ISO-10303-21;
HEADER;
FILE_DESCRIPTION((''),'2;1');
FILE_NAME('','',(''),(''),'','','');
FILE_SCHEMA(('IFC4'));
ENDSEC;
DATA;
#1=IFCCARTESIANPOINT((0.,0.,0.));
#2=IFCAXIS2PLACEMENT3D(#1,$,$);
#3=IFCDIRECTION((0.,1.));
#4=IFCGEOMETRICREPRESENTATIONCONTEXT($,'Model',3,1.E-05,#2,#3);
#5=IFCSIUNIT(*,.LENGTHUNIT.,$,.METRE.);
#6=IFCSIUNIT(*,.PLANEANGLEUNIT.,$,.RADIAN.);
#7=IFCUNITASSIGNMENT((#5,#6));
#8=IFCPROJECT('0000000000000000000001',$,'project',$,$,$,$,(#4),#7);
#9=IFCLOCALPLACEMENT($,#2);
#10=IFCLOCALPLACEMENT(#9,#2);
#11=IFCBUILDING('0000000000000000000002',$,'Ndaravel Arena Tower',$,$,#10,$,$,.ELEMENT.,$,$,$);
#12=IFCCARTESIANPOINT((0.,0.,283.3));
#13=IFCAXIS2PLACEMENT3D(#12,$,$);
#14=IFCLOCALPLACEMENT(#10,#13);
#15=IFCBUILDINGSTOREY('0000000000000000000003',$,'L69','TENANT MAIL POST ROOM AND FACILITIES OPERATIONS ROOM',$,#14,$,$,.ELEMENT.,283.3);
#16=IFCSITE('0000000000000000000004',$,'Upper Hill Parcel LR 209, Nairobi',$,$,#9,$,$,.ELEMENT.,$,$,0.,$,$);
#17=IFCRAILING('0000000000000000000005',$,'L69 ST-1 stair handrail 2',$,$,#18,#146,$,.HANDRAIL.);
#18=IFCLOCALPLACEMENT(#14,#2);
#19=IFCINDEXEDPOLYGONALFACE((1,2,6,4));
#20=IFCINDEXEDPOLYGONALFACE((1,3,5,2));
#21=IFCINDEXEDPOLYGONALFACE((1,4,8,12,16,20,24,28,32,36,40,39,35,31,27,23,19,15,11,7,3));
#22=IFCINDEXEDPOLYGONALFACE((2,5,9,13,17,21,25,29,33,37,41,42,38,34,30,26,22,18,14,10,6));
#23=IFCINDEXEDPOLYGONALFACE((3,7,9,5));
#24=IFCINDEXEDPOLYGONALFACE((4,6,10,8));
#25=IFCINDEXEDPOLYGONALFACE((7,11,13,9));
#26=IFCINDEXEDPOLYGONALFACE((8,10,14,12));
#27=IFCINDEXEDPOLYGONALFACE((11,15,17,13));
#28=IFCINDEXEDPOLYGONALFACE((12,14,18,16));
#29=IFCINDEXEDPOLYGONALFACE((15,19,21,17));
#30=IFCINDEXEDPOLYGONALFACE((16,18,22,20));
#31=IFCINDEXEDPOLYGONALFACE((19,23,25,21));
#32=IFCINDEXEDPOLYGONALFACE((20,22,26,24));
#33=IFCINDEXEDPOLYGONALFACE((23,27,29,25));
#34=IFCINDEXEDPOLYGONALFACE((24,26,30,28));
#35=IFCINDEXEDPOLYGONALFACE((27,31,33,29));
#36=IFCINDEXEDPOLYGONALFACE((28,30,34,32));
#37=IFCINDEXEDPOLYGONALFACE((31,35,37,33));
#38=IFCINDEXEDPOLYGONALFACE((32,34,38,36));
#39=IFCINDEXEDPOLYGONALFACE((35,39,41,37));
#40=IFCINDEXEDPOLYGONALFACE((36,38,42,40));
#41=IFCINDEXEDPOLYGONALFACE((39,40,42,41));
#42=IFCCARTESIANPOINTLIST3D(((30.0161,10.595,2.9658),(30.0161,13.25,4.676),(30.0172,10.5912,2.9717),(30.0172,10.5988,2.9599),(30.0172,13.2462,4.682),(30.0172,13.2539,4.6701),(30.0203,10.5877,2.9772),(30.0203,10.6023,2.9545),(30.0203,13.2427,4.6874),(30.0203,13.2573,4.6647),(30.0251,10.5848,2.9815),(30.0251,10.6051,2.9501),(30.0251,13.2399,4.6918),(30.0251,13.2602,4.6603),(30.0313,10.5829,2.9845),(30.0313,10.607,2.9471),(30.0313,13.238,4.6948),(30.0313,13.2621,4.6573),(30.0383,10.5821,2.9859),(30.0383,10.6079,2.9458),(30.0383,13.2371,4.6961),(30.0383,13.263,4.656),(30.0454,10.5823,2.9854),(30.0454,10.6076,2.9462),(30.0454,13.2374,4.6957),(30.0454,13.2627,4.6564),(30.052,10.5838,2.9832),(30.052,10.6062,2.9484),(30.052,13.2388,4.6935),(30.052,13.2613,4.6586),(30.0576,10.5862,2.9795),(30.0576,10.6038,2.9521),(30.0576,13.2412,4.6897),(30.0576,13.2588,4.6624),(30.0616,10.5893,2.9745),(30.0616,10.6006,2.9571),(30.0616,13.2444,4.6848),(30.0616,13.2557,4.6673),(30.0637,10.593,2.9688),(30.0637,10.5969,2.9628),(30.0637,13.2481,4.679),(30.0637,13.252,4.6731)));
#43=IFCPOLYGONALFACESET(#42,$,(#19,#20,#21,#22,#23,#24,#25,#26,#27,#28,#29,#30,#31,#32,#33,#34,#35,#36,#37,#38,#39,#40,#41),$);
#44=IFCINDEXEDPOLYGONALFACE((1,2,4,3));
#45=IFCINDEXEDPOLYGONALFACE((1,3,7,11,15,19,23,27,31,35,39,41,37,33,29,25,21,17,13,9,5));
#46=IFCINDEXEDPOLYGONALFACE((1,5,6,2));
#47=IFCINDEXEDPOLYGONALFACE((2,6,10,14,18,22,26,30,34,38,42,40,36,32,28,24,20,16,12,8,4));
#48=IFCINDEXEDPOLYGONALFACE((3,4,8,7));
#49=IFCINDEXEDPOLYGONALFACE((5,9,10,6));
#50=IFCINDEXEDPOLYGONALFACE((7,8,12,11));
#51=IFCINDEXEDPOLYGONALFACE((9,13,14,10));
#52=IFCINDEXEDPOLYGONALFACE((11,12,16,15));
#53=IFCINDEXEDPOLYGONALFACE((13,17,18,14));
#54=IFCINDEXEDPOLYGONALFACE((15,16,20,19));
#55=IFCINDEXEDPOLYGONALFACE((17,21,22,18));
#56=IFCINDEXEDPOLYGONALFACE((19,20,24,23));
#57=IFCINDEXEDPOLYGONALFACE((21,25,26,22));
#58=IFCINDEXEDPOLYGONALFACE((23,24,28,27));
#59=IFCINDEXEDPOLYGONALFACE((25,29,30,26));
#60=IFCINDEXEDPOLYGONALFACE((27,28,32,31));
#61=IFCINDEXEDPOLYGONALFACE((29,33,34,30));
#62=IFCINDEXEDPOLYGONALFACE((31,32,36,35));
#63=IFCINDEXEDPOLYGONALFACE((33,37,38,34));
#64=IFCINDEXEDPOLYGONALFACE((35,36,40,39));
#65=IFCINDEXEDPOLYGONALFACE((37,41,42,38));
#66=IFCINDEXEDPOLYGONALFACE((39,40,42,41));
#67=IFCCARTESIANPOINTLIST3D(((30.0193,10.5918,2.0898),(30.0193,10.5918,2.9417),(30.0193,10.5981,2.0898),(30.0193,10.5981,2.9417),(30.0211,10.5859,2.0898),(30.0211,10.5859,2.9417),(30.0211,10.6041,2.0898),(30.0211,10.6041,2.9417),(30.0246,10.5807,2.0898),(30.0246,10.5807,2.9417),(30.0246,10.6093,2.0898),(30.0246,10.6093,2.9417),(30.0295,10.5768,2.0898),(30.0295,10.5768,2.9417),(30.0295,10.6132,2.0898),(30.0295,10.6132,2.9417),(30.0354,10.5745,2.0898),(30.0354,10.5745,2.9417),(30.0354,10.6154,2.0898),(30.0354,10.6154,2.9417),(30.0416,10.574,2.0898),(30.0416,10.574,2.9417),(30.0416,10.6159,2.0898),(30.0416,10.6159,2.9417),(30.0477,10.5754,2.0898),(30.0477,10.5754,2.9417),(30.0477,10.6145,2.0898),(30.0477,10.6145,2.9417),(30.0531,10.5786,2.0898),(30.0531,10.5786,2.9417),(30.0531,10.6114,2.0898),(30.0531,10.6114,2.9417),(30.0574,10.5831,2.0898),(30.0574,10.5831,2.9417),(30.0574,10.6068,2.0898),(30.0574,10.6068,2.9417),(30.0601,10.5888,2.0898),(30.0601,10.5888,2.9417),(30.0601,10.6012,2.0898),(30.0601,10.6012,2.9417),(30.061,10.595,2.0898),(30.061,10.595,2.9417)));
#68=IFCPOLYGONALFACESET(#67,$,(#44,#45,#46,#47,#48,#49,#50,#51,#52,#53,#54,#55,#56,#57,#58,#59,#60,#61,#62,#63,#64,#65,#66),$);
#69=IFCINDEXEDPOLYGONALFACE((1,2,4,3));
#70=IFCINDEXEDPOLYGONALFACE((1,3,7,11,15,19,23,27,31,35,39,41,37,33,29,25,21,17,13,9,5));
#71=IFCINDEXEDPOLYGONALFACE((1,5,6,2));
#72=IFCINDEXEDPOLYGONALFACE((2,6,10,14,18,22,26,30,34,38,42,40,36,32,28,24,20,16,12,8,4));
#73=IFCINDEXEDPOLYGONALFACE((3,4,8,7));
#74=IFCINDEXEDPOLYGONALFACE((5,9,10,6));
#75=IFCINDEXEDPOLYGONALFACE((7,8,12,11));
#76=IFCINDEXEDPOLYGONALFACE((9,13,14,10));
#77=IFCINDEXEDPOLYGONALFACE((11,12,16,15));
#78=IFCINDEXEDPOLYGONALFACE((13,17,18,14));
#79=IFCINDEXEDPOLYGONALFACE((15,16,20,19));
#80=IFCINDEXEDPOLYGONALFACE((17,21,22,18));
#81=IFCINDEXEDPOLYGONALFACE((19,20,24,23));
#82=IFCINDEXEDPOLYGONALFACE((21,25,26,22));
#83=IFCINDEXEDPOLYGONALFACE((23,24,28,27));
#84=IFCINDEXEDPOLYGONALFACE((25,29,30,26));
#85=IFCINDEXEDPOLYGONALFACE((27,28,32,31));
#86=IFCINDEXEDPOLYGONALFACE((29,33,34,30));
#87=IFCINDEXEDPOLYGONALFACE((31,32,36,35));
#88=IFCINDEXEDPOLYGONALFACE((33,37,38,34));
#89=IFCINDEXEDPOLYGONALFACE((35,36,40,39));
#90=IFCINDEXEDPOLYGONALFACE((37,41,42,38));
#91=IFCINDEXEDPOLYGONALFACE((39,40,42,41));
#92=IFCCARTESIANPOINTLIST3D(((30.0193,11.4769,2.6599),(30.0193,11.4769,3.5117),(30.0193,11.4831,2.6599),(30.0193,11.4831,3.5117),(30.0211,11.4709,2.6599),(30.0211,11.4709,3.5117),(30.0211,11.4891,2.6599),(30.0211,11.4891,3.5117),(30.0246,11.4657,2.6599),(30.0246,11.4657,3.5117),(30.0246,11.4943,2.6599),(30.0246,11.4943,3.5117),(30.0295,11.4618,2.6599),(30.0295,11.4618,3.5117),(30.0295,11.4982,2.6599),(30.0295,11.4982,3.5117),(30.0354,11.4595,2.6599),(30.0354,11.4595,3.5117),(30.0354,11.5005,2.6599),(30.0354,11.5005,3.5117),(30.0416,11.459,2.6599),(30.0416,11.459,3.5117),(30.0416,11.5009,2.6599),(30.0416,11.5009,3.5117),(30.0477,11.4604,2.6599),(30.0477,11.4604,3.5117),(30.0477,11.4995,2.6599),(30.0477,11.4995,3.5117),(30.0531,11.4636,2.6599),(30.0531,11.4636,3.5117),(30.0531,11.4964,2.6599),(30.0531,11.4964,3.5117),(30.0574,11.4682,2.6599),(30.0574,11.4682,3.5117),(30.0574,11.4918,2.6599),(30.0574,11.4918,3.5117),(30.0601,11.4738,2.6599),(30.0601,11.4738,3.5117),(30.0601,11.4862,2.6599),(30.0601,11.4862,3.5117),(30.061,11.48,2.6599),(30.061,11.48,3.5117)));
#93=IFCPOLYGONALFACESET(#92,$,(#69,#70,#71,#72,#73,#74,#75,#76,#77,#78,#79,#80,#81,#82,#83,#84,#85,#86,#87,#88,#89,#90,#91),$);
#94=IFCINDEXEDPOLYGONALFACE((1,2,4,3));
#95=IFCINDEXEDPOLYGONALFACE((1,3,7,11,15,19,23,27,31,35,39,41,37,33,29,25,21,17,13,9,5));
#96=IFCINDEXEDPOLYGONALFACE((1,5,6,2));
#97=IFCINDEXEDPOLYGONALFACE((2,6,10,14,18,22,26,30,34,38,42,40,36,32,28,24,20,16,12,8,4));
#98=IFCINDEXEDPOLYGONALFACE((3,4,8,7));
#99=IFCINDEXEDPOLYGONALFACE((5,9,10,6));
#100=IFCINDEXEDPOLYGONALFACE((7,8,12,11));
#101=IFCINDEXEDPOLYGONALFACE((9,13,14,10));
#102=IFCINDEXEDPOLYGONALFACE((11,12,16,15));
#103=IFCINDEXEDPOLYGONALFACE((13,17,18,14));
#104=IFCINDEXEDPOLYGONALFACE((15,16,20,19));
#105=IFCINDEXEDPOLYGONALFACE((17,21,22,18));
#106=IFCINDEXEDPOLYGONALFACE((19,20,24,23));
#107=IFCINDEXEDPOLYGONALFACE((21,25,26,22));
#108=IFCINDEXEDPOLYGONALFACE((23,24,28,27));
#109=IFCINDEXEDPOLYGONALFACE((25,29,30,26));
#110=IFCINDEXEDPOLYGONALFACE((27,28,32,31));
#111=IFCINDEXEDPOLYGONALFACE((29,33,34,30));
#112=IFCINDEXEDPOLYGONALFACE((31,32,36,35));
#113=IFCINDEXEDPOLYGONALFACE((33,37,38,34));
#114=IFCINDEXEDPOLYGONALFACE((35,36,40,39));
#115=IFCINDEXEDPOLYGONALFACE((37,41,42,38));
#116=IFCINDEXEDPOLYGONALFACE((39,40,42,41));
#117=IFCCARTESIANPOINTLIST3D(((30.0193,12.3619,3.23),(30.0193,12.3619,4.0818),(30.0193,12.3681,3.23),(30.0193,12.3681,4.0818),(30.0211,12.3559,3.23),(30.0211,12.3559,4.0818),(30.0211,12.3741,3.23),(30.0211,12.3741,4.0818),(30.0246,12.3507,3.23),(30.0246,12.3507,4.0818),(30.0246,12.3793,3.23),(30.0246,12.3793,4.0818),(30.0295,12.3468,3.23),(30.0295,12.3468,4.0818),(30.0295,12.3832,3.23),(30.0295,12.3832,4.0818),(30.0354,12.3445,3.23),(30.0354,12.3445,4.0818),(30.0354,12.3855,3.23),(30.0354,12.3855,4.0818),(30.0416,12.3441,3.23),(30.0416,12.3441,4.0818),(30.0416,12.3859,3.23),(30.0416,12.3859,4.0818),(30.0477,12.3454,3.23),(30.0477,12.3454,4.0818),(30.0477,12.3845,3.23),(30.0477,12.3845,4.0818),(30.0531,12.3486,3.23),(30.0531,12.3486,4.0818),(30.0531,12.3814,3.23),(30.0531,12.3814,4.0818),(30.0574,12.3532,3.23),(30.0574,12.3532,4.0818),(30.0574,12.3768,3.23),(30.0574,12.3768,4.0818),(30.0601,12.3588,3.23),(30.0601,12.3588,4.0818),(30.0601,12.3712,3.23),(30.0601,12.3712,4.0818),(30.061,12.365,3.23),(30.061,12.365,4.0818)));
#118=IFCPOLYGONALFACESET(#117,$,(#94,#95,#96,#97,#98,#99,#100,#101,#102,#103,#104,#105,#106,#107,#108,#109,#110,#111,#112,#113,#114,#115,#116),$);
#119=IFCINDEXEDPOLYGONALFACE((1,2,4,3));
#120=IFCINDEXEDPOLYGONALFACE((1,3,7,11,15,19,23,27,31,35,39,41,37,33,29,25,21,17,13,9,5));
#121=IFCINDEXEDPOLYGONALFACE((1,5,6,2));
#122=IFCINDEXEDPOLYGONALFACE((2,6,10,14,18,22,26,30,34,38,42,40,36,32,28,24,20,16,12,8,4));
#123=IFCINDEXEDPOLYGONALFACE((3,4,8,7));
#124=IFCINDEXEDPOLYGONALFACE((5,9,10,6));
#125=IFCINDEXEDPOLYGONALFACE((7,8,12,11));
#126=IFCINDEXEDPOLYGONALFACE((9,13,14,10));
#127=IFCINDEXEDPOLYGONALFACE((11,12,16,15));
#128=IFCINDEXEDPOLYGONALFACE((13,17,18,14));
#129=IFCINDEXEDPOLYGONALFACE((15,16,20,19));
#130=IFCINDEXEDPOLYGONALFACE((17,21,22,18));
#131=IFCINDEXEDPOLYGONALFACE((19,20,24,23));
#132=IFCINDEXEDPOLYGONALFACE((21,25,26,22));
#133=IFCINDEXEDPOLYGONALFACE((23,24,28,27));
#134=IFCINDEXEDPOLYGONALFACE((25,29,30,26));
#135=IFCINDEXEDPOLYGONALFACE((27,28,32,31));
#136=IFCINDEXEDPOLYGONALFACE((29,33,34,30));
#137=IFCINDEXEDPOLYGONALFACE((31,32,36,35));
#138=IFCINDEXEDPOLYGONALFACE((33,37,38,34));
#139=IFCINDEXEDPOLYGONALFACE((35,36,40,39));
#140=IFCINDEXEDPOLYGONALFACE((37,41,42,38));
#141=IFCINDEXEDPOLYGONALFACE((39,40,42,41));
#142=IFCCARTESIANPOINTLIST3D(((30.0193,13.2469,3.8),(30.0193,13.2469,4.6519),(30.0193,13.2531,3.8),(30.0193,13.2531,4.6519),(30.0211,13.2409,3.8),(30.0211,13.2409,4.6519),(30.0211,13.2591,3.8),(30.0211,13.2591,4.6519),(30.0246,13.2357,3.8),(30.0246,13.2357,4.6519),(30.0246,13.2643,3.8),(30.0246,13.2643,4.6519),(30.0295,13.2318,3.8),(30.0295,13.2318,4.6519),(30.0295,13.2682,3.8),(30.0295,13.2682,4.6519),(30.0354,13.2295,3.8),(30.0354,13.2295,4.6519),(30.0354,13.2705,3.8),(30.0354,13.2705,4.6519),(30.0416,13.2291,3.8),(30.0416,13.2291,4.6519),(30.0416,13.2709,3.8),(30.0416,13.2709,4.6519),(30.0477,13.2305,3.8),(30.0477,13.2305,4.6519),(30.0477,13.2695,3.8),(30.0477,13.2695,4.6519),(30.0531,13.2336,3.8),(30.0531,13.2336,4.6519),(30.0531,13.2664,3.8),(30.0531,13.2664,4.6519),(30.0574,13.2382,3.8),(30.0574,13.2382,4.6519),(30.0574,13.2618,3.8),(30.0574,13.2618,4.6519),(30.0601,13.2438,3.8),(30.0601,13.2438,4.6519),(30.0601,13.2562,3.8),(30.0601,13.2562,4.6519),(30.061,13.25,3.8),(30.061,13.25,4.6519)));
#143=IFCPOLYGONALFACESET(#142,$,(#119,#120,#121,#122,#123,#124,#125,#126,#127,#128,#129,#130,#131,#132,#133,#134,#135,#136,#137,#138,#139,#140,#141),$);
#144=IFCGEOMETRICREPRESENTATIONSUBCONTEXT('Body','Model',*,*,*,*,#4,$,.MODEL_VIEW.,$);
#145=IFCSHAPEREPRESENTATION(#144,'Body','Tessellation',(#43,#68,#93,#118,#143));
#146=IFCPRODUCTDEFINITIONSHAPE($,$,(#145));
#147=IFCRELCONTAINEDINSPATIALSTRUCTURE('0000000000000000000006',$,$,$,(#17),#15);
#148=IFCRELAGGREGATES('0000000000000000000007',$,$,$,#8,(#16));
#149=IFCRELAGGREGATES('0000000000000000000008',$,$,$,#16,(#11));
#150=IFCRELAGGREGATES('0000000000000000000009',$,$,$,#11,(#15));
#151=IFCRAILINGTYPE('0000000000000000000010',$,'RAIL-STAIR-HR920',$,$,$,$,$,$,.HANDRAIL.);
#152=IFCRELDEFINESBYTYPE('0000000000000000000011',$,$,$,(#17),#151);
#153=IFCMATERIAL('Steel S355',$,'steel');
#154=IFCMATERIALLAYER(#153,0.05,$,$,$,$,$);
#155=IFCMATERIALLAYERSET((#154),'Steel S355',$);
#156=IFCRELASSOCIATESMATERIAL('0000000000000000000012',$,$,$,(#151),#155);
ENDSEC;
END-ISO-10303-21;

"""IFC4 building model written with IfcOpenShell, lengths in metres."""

from ifc_helpers import new_model, si_unit, direction, frame, origin, origin_2d, place, context, subcontext, project, spatial, circle, extrude, material, layer, layer_set, type_object, element, save


model = new_model("IFC4")

# Units and contexts
model_context = context("Model", 3, precision=1e-05, world=origin(), true_north=direction((0.0, 1.0)))
body_context = subcontext(model_context, "Body", "Model", "MODEL_VIEW")
ifc_project = project(units=[si_unit("LENGTHUNIT", "METRE"), si_unit("PLANEANGLEUNIT", "RADIAN")], contexts=[model_context])

# Site, building, storey
site_placement = place(None, origin())
site = spatial("IfcSite", under=ifc_project, at=site_placement, Name="Upper Hill Parcel LR 209, Nairobi", CompositionType="ELEMENT", RefElevation=0.0)
building_placement = place(site_placement, origin())
building = spatial("IfcBuilding", under=site, at=building_placement, Name="Ndaravel Arena Tower", CompositionType="ELEMENT")
storey_placement = place(building_placement, frame((0.0, 0.0, 283.3)))
storey = spatial("IfcBuildingStorey", under=building, at=storey_placement, Name="L69", Description="TENANT MAIL POST ROOM AND FACILITIES OPERATIONS ROOM", CompositionType="ELEMENT", Elevation=283.3)

# Railing
ifc_material_1 = material(Name="Steel S355", Category="steel")
ifc_layer_1 = layer(ifc_material_1, 0.05)
ifc_layer_set_1 = layer_set([ifc_layer_1], Name="Steel S355")
railing_type_1 = type_object("IfcRailingType", Name="RAIL-STAIR-HR920", PredefinedType="HANDRAIL", material=ifc_layer_set_1)
railing_1_placement = place(storey_placement, frame((30.04, 10.595, 2.0898)))
element("IfcRailing", 1, at=railing_1_placement, inside=storey, type_object=railing_type_1, Name="L69 ST-1 stair handrail 2", PredefinedType="HANDRAIL", context=body_context, shape_type="SweptSolid", body=[
    extrude(circle(Radius=0.0239, at=origin_2d()), frame((0.0, 0.0, 0.876), z_axis=(0.0, 0.840688, 0.541519), x_axis=(-1.0, 0.0, 0.0)), (0.0, 0.0, 1.0), 3.1582),
    extrude(circle(Radius=0.021, at=origin_2d()), origin(), (0.0, 0.0, 1.0), 0.8518),
    extrude(circle(Radius=0.021, at=origin_2d()), frame((0.0, 0.885, 0.5701)), (0.0, 0.0, 1.0), 0.8518),
    extrude(circle(Radius=0.021, at=origin_2d()), frame((0.0, 1.77, 1.1401)), (0.0, 0.0, 1.0), 0.8518),
    extrude(circle(Radius=0.021, at=origin_2d()), frame((0.0, 2.655, 1.7102)), (0.0, 0.0, 1.0), 0.8518),
])

save(model, "model.ifc")
